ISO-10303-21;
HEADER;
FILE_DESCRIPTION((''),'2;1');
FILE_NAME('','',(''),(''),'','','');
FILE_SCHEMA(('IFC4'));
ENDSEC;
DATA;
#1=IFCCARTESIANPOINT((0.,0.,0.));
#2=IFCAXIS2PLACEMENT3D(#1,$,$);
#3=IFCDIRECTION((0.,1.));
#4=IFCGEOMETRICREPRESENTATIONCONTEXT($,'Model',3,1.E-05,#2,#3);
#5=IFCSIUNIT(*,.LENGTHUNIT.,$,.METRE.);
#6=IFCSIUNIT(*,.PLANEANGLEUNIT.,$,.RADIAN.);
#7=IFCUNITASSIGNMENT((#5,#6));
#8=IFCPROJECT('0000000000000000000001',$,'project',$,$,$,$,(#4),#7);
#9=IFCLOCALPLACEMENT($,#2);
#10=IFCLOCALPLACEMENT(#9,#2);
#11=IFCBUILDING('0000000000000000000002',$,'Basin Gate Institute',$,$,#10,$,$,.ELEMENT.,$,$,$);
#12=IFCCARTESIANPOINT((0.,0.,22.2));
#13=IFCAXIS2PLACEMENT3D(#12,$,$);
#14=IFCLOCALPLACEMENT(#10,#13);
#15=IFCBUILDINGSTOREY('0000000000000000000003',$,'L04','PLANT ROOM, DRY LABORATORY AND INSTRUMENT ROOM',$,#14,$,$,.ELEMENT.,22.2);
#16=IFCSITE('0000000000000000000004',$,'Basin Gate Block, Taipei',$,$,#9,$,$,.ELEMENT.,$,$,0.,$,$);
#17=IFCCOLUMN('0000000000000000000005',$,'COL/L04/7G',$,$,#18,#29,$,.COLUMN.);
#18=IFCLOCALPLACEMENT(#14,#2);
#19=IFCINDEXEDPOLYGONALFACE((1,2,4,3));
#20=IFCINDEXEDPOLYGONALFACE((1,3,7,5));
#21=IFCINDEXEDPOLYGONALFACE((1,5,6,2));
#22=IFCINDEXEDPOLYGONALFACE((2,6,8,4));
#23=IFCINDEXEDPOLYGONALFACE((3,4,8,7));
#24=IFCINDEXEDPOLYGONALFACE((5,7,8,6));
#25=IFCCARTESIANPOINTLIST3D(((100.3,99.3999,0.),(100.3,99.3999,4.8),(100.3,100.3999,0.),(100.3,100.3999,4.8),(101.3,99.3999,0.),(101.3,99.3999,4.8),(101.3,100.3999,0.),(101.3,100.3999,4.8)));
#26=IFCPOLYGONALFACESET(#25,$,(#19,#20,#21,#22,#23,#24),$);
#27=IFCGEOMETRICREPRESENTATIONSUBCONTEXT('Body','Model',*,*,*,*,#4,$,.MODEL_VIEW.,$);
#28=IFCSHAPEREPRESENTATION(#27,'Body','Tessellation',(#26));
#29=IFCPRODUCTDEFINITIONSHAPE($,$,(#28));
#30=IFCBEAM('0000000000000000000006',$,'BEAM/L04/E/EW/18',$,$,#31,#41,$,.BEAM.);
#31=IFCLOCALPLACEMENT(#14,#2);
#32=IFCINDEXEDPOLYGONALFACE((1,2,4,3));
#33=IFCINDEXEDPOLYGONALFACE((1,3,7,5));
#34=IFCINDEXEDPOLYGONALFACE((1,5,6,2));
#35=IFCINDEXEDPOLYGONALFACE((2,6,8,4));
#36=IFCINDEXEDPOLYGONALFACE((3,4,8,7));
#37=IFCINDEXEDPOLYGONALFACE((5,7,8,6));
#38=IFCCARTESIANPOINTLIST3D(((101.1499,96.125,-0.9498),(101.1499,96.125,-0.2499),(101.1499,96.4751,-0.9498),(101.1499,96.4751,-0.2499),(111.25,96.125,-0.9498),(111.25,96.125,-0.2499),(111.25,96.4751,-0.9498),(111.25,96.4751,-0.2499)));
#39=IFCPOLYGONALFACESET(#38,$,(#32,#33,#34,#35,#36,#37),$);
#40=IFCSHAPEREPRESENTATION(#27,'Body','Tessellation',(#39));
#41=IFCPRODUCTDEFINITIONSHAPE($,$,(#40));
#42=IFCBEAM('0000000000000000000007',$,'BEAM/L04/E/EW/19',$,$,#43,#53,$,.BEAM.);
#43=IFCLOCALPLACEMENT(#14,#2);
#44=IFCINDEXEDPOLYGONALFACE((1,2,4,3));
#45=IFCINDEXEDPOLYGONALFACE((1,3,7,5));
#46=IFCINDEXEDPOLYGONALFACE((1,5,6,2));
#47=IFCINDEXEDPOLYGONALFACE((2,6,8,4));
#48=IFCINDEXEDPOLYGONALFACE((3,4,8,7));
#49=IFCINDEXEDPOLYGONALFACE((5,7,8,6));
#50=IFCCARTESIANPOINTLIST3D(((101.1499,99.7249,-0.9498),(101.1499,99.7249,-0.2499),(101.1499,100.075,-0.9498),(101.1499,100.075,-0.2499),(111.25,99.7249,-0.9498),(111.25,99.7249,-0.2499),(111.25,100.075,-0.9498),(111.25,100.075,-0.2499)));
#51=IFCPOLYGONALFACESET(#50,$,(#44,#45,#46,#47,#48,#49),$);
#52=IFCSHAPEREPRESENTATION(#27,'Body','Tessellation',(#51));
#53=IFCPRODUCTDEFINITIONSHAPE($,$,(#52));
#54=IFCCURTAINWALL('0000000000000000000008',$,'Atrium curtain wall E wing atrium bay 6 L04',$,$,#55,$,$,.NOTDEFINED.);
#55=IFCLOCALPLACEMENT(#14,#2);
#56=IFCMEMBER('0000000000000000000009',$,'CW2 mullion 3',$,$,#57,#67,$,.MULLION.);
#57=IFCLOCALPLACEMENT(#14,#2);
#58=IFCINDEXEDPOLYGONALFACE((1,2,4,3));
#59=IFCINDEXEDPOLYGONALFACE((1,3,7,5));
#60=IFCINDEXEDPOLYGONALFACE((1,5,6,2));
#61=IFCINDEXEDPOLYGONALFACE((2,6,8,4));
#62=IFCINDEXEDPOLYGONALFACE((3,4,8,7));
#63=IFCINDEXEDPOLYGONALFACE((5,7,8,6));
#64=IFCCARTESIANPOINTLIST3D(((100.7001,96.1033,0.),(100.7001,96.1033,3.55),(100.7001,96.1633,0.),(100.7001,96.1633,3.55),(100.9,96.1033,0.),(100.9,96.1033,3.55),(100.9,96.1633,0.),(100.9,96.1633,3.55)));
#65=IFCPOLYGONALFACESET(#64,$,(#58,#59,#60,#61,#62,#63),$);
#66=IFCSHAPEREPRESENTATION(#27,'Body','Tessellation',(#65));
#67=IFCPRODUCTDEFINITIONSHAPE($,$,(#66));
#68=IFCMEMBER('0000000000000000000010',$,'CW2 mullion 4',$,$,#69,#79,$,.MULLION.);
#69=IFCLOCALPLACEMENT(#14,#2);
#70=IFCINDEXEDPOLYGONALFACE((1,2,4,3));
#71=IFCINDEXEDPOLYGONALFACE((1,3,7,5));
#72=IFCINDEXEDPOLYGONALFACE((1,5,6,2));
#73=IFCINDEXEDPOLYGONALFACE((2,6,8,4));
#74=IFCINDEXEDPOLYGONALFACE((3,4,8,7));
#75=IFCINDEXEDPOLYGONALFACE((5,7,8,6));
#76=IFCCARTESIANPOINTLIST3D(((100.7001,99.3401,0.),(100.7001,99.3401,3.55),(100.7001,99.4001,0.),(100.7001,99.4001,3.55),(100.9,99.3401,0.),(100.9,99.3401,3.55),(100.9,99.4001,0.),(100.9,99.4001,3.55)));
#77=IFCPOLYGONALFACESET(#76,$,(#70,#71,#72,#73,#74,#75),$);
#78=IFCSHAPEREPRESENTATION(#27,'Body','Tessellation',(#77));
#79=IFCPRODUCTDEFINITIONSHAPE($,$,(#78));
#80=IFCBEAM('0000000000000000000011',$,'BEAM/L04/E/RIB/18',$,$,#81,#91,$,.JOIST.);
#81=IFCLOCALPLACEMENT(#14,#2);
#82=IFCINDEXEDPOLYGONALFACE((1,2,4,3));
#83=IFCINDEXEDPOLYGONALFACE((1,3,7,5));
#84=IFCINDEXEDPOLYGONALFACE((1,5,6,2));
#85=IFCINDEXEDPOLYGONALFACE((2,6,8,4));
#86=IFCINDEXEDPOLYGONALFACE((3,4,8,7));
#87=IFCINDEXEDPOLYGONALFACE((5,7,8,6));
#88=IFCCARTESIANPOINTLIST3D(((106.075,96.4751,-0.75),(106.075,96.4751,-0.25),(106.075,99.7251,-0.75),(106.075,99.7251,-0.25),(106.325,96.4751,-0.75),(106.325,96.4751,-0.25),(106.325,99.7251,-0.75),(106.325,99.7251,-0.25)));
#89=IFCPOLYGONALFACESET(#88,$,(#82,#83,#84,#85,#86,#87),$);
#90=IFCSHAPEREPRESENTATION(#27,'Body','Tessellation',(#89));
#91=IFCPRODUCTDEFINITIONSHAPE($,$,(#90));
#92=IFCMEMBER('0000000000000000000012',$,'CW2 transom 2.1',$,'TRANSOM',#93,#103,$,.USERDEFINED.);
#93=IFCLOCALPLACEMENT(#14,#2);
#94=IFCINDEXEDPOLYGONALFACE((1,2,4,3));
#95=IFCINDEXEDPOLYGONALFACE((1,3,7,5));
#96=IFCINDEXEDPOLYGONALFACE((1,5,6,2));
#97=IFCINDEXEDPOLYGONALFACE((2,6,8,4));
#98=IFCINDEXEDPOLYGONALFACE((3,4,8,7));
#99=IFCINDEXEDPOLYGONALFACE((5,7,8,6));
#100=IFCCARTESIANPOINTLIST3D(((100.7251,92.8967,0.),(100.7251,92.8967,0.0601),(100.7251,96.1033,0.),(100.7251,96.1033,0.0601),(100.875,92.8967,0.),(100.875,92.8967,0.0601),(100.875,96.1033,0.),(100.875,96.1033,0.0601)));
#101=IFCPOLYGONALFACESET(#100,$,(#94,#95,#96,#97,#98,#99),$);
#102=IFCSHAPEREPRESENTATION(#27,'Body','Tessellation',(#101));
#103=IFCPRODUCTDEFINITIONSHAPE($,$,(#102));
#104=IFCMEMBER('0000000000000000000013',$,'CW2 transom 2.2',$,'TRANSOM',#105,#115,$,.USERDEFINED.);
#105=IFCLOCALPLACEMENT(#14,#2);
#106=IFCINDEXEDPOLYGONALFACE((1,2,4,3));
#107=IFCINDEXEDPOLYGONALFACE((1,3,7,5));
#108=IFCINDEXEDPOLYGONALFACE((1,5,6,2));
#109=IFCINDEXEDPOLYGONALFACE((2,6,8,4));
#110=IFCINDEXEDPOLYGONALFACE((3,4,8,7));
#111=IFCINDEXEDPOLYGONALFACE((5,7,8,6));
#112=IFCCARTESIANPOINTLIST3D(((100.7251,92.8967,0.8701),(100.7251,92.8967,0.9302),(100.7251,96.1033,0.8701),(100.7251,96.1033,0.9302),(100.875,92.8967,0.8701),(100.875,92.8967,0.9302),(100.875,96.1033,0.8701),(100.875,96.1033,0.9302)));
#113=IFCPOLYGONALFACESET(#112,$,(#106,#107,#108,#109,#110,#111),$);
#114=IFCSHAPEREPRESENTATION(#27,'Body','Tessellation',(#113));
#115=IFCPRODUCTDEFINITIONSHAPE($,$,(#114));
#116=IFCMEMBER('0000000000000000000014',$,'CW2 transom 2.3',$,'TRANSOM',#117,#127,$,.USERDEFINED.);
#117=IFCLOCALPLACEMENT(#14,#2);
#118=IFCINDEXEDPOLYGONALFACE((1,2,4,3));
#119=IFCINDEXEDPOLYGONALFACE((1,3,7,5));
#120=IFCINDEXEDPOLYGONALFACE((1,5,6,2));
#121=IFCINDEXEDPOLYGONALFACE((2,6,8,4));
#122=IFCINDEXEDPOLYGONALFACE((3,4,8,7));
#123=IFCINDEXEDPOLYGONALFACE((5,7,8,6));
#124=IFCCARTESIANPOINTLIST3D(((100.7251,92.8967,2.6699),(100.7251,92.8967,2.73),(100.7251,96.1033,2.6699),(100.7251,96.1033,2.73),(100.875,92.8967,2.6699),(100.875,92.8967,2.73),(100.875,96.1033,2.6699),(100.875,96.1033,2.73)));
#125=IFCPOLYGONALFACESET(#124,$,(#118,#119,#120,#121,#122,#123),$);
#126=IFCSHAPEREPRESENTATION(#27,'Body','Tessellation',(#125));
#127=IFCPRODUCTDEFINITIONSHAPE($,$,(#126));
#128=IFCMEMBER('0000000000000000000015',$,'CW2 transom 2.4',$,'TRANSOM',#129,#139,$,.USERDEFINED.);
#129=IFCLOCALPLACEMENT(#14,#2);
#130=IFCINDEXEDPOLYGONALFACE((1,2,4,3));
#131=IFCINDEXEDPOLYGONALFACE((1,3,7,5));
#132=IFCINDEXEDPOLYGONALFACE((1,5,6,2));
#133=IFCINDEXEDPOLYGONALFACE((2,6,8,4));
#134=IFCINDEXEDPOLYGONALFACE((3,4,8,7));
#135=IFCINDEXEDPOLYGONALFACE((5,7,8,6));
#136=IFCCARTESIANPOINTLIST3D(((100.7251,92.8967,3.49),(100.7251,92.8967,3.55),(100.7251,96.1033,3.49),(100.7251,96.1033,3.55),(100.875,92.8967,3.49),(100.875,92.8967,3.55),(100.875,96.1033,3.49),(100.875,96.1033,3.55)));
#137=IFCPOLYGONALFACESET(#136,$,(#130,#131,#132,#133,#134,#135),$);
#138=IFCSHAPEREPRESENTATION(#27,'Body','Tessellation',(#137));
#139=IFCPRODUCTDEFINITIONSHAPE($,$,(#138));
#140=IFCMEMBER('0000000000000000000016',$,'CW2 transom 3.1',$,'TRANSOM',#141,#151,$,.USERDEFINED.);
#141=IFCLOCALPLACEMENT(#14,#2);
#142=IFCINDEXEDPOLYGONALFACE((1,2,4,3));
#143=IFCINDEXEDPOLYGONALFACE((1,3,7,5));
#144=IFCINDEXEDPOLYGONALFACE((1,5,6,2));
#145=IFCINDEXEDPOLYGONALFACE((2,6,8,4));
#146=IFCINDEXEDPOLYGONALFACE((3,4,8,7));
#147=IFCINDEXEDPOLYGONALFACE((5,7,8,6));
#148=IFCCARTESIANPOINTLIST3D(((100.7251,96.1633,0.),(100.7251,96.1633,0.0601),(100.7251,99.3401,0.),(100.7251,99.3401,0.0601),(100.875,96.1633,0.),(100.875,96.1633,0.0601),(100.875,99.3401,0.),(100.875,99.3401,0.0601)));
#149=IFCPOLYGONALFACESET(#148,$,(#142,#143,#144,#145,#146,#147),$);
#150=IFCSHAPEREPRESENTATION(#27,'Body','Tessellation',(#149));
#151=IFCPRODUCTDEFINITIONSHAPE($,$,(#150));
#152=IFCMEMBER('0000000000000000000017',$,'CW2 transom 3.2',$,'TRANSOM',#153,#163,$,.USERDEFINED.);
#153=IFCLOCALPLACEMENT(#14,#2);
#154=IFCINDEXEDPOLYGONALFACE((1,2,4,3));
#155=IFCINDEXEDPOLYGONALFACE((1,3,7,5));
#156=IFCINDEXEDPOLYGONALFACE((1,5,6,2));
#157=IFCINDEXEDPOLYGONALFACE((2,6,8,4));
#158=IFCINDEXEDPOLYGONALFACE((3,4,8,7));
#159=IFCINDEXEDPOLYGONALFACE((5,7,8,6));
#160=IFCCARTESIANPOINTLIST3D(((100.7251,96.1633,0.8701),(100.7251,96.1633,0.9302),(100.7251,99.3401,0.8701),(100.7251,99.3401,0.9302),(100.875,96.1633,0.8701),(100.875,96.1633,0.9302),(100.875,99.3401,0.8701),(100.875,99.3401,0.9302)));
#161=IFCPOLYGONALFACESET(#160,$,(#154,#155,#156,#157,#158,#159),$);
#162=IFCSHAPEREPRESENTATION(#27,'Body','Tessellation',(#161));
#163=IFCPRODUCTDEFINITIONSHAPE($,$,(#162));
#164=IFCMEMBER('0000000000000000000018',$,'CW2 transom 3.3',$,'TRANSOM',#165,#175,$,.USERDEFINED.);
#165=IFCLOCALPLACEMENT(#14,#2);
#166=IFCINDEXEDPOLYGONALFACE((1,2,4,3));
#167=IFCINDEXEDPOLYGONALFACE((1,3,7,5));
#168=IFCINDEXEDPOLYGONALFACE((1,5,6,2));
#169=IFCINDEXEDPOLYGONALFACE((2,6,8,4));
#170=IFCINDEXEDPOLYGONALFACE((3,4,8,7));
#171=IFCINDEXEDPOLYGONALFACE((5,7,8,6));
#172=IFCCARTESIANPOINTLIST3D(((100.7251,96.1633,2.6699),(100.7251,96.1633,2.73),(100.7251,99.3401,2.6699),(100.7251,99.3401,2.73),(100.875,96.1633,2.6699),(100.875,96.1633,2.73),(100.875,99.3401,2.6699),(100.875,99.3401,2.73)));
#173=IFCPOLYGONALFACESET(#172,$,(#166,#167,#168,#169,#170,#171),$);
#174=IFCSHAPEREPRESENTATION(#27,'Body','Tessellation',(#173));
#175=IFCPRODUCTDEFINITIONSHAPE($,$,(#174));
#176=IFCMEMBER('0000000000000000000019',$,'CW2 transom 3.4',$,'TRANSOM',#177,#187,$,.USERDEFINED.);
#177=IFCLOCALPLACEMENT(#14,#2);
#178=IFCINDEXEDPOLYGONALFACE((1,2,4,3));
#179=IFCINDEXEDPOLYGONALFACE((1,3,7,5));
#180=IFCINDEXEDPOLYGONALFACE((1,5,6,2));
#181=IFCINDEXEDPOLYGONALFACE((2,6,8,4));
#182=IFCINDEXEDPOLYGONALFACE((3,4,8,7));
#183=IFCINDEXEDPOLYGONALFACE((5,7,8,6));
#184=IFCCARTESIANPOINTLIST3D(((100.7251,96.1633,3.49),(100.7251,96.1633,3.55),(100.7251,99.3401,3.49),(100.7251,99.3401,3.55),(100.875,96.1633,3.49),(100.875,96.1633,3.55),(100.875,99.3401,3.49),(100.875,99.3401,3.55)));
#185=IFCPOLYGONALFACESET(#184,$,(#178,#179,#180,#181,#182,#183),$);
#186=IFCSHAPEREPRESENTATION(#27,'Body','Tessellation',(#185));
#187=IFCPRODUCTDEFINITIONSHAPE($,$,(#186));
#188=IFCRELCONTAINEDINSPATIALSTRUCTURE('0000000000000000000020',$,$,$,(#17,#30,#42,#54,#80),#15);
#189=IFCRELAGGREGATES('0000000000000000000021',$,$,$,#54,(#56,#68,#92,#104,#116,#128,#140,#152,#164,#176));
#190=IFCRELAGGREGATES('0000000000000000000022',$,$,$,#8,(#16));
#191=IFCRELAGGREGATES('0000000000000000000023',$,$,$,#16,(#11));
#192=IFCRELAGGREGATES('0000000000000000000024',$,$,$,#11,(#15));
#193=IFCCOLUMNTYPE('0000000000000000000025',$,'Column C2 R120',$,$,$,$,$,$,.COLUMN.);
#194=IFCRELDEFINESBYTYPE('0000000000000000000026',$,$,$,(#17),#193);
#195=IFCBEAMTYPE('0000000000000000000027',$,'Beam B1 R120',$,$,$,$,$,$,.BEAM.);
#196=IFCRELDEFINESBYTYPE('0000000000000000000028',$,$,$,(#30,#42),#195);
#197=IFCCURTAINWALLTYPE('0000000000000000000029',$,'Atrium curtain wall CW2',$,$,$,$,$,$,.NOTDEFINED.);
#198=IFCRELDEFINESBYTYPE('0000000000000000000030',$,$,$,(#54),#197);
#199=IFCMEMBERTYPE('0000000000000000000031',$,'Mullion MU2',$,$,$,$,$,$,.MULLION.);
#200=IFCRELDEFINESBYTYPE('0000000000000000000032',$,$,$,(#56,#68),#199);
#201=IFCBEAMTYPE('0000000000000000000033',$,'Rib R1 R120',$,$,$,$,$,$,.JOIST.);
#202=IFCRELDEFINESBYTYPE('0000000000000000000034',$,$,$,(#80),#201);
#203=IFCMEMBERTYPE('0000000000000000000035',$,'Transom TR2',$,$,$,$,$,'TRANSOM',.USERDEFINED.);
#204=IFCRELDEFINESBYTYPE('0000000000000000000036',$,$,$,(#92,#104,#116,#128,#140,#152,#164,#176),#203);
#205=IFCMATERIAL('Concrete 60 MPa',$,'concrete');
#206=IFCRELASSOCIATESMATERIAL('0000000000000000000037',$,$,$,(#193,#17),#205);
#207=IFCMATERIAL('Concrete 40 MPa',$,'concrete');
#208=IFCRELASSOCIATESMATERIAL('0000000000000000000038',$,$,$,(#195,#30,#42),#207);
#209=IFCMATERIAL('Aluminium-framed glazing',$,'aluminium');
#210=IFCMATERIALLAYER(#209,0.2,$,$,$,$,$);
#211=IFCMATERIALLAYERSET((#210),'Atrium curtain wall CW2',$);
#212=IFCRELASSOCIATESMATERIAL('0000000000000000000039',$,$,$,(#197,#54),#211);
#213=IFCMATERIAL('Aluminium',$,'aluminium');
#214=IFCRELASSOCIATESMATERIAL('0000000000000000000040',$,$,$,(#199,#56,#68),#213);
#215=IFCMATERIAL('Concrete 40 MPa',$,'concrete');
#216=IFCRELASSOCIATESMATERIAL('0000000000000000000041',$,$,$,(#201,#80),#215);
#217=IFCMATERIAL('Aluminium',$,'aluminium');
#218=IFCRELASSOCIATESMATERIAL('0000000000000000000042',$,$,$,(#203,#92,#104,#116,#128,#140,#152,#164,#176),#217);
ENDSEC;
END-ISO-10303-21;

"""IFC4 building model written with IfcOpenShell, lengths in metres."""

from ifc_helpers import new_model, si_unit, direction, frame, origin, origin_2d, place, context, subcontext, project, spatial, rectangle, extrude, material, layer, layer_set, material_profile, profile_set, type_object, element, aggregate, save


model = new_model("IFC4")

# Units and contexts
model_context = context("Model", 3, precision=1e-05, world=origin(), true_north=direction((0.0, 1.0)))
body_context = subcontext(model_context, "Body", "Model", "MODEL_VIEW")
ifc_project = project(units=[si_unit("LENGTHUNIT", "METRE"), si_unit("PLANEANGLEUNIT", "RADIAN")], contexts=[model_context])

# Site, building, storey
site_placement = place(None, origin())
site = spatial("IfcSite", under=ifc_project, at=site_placement, Name="Basin Gate Block, Taipei", CompositionType="ELEMENT", RefElevation=0.0)
building_placement = place(site_placement, origin())
building = spatial("IfcBuilding", under=site, at=building_placement, Name="Basin Gate Institute", CompositionType="ELEMENT")
storey_placement = place(building_placement, frame((0.0, 0.0, 22.2)))
storey = spatial("IfcBuildingStorey", under=building, at=storey_placement, Name="L04", Description="PLANT ROOM, DRY LABORATORY AND INSTRUMENT ROOM", CompositionType="ELEMENT", Elevation=22.2)

# Column
ifc_material_1 = material(Name="Concrete 60 MPa", Category="concrete")
ifc_material_profile_1 = material_profile(ifc_material_1, rectangle(XDim=1.0, YDim=1.0, at=origin_2d()), Name="Column C2 1000 x 1000")
ifc_profile_set_1 = profile_set([ifc_material_profile_1], Name="Concrete 60 MPa")
column_type = type_object("IfcColumnType", Name="Column C2 R120", PredefinedType="COLUMN", material=ifc_profile_set_1)
column_placement = place(storey_placement, frame((100.8, 99.8999, 0.0), z_axis=(0.0, 0.0, 1.0), x_axis=(1.0, 0.0, 0.0)))
element("IfcColumn", 1, at=column_placement, inside=storey, type_object=column_type, material=ifc_profile_set_1, Name="COL/L04/7G", PredefinedType="COLUMN", context=body_context, shape_type="SweptSolid", body=[
    extrude(rectangle(XDim=1.0, YDim=1.0, at=origin_2d()), origin(), (0.0, 0.0, 1.0), 4.8),
])

# Beams
ifc_material_2 = material(Name="Concrete 40 MPa", Category="concrete")
ifc_material_profile_2 = material_profile(ifc_material_2, rectangle(XDim=0.3501, YDim=0.7, at=origin_2d()), Name="Beam B1 350 x 700")
ifc_profile_set_2 = profile_set([ifc_material_profile_2], Name="Concrete 40 MPa")
beam_type_1 = type_object("IfcBeamType", Name="Beam B1 R120", PredefinedType="BEAM", material=ifc_profile_set_2)
for number, where, z_axis, x_axis, name in (
    (2, (111.25, 96.3, -0.5999), (-1.0, 0.0, 0.0), (0.0, -1.0, 0.0), "BEAM/L04/E/EW/18"),
    (3, (111.25, 99.8999, -0.5999), (-1.0, 0.0, 0.0), (0.0, -1.0, 0.0), "BEAM/L04/E/EW/19"),
):
    element("IfcBeam", number, at=place(storey_placement, frame(where, z_axis=z_axis, x_axis=x_axis)), inside=storey, type_object=beam_type_1, material=ifc_profile_set_2, Name=name, PredefinedType="BEAM", context=body_context, shape_type="SweptSolid", body=[
        extrude(rectangle(XDim=0.3501, YDim=0.7, at=origin_2d()), origin(), (0.0, 0.0, 1.0), 10.1001),
    ])

# Curtain wall, members
ifc_material_3 = material(Name="Aluminium-framed glazing", Category="aluminium")
ifc_layer_1 = layer(ifc_material_3, 0.2)
ifc_layer_set_1 = layer_set([ifc_layer_1], Name="Atrium curtain wall CW2")
curtain_wall_type = type_object("IfcCurtainWallType", Name="Atrium curtain wall CW2", PredefinedType="NOTDEFINED", material=ifc_layer_set_1)
curtain_wall_placement = place(storey_placement, origin())
curtain_wall = element("IfcCurtainWall", 4, at=curtain_wall_placement, inside=storey, type_object=curtain_wall_type, material=ifc_layer_set_1, Name="Atrium curtain wall E wing atrium bay 6 L04", PredefinedType="NOTDEFINED")
ifc_material_4 = material(Name="Aluminium", Category="aluminium")
ifc_material_profile_3 = material_profile(ifc_material_4, rectangle(XDim=0.2, YDim=0.0601, at=origin_2d()), Name="Mullion MU2 200 x 60")
ifc_profile_set_3 = profile_set([ifc_material_profile_3], Name="Aluminium")
member_type_1 = type_object("IfcMemberType", Name="Mullion MU2", PredefinedType="MULLION", material=ifc_profile_set_3)
member_1_placement = place(storey_placement, frame((100.8, 96.1333, 0.0), z_axis=(0.0, 0.0, 1.0), x_axis=(-1.0, 0.0, 0.0)))
member_1 = element("IfcMember", 5, at=member_1_placement, type_object=member_type_1, material=ifc_profile_set_3, Name="CW2 mullion 3", PredefinedType="MULLION", context=body_context, shape_type="SweptSolid", body=[
    extrude(rectangle(XDim=0.2, YDim=0.0601, at=origin_2d()), origin(), (0.0, 0.0, 1.0), 3.55),
])
member_2_placement = place(storey_placement, frame((100.8, 99.3701, 0.0), z_axis=(0.0, 0.0, 1.0), x_axis=(-1.0, 0.0, 0.0)))
member_2 = element("IfcMember", 6, at=member_2_placement, type_object=member_type_1, material=ifc_profile_set_3, Name="CW2 mullion 4", PredefinedType="MULLION", context=body_context, shape_type="SweptSolid", body=[
    extrude(rectangle(XDim=0.2, YDim=0.0601, at=origin_2d()), origin(), (0.0, 0.0, 1.0), 3.55),
])

# Beam
ifc_material_5 = material(Name="Concrete 40 MPa", Category="concrete")
ifc_material_profile_4 = material_profile(ifc_material_5, rectangle(XDim=0.25, YDim=0.5, at=origin_2d()), Name="Rib R1 250 x 500")
ifc_profile_set_4 = profile_set([ifc_material_profile_4], Name="Concrete 40 MPa")
beam_type_2 = type_object("IfcBeamType", Name="Rib R1 R120", PredefinedType="JOIST", material=ifc_profile_set_4)
beam_placement = place(storey_placement, frame((106.2, 96.4751, -0.5), z_axis=(0.0, 1.0, 0.0), x_axis=(-1.0, 0.0, 0.0)))
element("IfcBeam", 7, at=beam_placement, inside=storey, type_object=beam_type_2, material=ifc_profile_set_4, Name="BEAM/L04/E/RIB/18", PredefinedType="JOIST", context=body_context, shape_type="SweptSolid", body=[
    extrude(rectangle(XDim=0.25, YDim=0.5, at=origin_2d()), origin(), (0.0, 0.0, 1.0), 3.25),
])

# Members
ifc_material_6 = material(Name="Aluminium", Category="aluminium")
ifc_material_profile_5 = material_profile(ifc_material_6, rectangle(XDim=0.1499, YDim=0.0601, at=origin_2d()), Name="Transom TR2 150 x 60")
ifc_profile_set_5 = profile_set([ifc_material_profile_5], Name="Aluminium")
member_type_2 = type_object("IfcMemberType", Name="Transom TR2", ElementType="TRANSOM", PredefinedType="USERDEFINED", material=ifc_profile_set_5)
member_3_placement = place(storey_placement, frame((100.8, 92.8967, 0.03), z_axis=(0.0, 1.0, 0.0), x_axis=(-1.0, 0.0, 0.0)))
member_3 = element("IfcMember", 8, at=member_3_placement, type_object=member_type_2, material=ifc_profile_set_5, Name="CW2 transom 2.1", ObjectType="TRANSOM", PredefinedType="USERDEFINED", context=body_context, shape_type="SweptSolid", body=[
    extrude(rectangle(XDim=0.1499, YDim=0.0601, at=origin_2d()), origin(), (0.0, 0.0, 1.0), 3.2065),
])
member_4_placement = place(storey_placement, frame((100.8, 92.8967, 0.9001), z_axis=(0.0, 1.0, 0.0), x_axis=(-1.0, 0.0, 0.0)))
member_4 = element("IfcMember", 9, at=member_4_placement, type_object=member_type_2, material=ifc_profile_set_5, Name="CW2 transom 2.2", ObjectType="TRANSOM", PredefinedType="USERDEFINED", context=body_context, shape_type="SweptSolid", body=[
    extrude(rectangle(XDim=0.1499, YDim=0.0601, at=origin_2d()), origin(), (0.0, 0.0, 1.0), 3.2065),
])
member_5_placement = place(storey_placement, frame((100.8, 92.8967, 2.7), z_axis=(0.0, 1.0, 0.0), x_axis=(-1.0, 0.0, 0.0)))
member_5 = element("IfcMember", 10, at=member_5_placement, type_object=member_type_2, material=ifc_profile_set_5, Name="CW2 transom 2.3", ObjectType="TRANSOM", PredefinedType="USERDEFINED", context=body_context, shape_type="SweptSolid", body=[
    extrude(rectangle(XDim=0.1499, YDim=0.0601, at=origin_2d()), origin(), (0.0, 0.0, 1.0), 3.2065),
])
member_6_placement = place(storey_placement, frame((100.8, 92.8967, 3.52), z_axis=(0.0, 1.0, 0.0), x_axis=(-1.0, 0.0, 0.0)))
member_6 = element("IfcMember", 11, at=member_6_placement, type_object=member_type_2, material=ifc_profile_set_5, Name="CW2 transom 2.4", ObjectType="TRANSOM", PredefinedType="USERDEFINED", context=body_context, shape_type="SweptSolid", body=[
    extrude(rectangle(XDim=0.1499, YDim=0.0601, at=origin_2d()), origin(), (0.0, 0.0, 1.0), 3.2065),
])
member_7_placement = place(storey_placement, frame((100.8, 96.1633, 0.03), z_axis=(0.0, 1.0, 0.0), x_axis=(-1.0, 0.0, 0.0)))
member_7 = element("IfcMember", 12, at=member_7_placement, type_object=member_type_2, material=ifc_profile_set_5, Name="CW2 transom 3.1", ObjectType="TRANSOM", PredefinedType="USERDEFINED", context=body_context, shape_type="SweptSolid", body=[
    extrude(rectangle(XDim=0.1499, YDim=0.0601, at=origin_2d()), origin(), (0.0, 0.0, 1.0), 3.1768),
])
member_8_placement = place(storey_placement, frame((100.8, 96.1633, 0.9001), z_axis=(0.0, 1.0, 0.0), x_axis=(-1.0, 0.0, 0.0)))
member_8 = element("IfcMember", 13, at=member_8_placement, type_object=member_type_2, material=ifc_profile_set_5, Name="CW2 transom 3.2", ObjectType="TRANSOM", PredefinedType="USERDEFINED", context=body_context, shape_type="SweptSolid", body=[
    extrude(rectangle(XDim=0.1499, YDim=0.0601, at=origin_2d()), origin(), (0.0, 0.0, 1.0), 3.1768),
])
member_9_placement = place(storey_placement, frame((100.8, 96.1633, 2.7), z_axis=(0.0, 1.0, 0.0), x_axis=(-1.0, 0.0, 0.0)))
member_9 = element("IfcMember", 14, at=member_9_placement, type_object=member_type_2, material=ifc_profile_set_5, Name="CW2 transom 3.3", ObjectType="TRANSOM", PredefinedType="USERDEFINED", context=body_context, shape_type="SweptSolid", body=[
    extrude(rectangle(XDim=0.1499, YDim=0.0601, at=origin_2d()), origin(), (0.0, 0.0, 1.0), 3.1768),
])
member_10_placement = place(storey_placement, frame((100.8, 96.1633, 3.52), z_axis=(0.0, 1.0, 0.0), x_axis=(-1.0, 0.0, 0.0)))
member_10 = element("IfcMember", 15, at=member_10_placement, type_object=member_type_2, material=ifc_profile_set_5, Name="CW2 transom 3.4", ObjectType="TRANSOM", PredefinedType="USERDEFINED", context=body_context, shape_type="SweptSolid", body=[
    extrude(rectangle(XDim=0.1499, YDim=0.0601, at=origin_2d()), origin(), (0.0, 0.0, 1.0), 3.1768),
])

aggregate(curtain_wall, [member_1, member_2, member_3, member_4, member_5, member_6, member_7, member_8, member_9, member_10])

save(model, "model.ifc")
